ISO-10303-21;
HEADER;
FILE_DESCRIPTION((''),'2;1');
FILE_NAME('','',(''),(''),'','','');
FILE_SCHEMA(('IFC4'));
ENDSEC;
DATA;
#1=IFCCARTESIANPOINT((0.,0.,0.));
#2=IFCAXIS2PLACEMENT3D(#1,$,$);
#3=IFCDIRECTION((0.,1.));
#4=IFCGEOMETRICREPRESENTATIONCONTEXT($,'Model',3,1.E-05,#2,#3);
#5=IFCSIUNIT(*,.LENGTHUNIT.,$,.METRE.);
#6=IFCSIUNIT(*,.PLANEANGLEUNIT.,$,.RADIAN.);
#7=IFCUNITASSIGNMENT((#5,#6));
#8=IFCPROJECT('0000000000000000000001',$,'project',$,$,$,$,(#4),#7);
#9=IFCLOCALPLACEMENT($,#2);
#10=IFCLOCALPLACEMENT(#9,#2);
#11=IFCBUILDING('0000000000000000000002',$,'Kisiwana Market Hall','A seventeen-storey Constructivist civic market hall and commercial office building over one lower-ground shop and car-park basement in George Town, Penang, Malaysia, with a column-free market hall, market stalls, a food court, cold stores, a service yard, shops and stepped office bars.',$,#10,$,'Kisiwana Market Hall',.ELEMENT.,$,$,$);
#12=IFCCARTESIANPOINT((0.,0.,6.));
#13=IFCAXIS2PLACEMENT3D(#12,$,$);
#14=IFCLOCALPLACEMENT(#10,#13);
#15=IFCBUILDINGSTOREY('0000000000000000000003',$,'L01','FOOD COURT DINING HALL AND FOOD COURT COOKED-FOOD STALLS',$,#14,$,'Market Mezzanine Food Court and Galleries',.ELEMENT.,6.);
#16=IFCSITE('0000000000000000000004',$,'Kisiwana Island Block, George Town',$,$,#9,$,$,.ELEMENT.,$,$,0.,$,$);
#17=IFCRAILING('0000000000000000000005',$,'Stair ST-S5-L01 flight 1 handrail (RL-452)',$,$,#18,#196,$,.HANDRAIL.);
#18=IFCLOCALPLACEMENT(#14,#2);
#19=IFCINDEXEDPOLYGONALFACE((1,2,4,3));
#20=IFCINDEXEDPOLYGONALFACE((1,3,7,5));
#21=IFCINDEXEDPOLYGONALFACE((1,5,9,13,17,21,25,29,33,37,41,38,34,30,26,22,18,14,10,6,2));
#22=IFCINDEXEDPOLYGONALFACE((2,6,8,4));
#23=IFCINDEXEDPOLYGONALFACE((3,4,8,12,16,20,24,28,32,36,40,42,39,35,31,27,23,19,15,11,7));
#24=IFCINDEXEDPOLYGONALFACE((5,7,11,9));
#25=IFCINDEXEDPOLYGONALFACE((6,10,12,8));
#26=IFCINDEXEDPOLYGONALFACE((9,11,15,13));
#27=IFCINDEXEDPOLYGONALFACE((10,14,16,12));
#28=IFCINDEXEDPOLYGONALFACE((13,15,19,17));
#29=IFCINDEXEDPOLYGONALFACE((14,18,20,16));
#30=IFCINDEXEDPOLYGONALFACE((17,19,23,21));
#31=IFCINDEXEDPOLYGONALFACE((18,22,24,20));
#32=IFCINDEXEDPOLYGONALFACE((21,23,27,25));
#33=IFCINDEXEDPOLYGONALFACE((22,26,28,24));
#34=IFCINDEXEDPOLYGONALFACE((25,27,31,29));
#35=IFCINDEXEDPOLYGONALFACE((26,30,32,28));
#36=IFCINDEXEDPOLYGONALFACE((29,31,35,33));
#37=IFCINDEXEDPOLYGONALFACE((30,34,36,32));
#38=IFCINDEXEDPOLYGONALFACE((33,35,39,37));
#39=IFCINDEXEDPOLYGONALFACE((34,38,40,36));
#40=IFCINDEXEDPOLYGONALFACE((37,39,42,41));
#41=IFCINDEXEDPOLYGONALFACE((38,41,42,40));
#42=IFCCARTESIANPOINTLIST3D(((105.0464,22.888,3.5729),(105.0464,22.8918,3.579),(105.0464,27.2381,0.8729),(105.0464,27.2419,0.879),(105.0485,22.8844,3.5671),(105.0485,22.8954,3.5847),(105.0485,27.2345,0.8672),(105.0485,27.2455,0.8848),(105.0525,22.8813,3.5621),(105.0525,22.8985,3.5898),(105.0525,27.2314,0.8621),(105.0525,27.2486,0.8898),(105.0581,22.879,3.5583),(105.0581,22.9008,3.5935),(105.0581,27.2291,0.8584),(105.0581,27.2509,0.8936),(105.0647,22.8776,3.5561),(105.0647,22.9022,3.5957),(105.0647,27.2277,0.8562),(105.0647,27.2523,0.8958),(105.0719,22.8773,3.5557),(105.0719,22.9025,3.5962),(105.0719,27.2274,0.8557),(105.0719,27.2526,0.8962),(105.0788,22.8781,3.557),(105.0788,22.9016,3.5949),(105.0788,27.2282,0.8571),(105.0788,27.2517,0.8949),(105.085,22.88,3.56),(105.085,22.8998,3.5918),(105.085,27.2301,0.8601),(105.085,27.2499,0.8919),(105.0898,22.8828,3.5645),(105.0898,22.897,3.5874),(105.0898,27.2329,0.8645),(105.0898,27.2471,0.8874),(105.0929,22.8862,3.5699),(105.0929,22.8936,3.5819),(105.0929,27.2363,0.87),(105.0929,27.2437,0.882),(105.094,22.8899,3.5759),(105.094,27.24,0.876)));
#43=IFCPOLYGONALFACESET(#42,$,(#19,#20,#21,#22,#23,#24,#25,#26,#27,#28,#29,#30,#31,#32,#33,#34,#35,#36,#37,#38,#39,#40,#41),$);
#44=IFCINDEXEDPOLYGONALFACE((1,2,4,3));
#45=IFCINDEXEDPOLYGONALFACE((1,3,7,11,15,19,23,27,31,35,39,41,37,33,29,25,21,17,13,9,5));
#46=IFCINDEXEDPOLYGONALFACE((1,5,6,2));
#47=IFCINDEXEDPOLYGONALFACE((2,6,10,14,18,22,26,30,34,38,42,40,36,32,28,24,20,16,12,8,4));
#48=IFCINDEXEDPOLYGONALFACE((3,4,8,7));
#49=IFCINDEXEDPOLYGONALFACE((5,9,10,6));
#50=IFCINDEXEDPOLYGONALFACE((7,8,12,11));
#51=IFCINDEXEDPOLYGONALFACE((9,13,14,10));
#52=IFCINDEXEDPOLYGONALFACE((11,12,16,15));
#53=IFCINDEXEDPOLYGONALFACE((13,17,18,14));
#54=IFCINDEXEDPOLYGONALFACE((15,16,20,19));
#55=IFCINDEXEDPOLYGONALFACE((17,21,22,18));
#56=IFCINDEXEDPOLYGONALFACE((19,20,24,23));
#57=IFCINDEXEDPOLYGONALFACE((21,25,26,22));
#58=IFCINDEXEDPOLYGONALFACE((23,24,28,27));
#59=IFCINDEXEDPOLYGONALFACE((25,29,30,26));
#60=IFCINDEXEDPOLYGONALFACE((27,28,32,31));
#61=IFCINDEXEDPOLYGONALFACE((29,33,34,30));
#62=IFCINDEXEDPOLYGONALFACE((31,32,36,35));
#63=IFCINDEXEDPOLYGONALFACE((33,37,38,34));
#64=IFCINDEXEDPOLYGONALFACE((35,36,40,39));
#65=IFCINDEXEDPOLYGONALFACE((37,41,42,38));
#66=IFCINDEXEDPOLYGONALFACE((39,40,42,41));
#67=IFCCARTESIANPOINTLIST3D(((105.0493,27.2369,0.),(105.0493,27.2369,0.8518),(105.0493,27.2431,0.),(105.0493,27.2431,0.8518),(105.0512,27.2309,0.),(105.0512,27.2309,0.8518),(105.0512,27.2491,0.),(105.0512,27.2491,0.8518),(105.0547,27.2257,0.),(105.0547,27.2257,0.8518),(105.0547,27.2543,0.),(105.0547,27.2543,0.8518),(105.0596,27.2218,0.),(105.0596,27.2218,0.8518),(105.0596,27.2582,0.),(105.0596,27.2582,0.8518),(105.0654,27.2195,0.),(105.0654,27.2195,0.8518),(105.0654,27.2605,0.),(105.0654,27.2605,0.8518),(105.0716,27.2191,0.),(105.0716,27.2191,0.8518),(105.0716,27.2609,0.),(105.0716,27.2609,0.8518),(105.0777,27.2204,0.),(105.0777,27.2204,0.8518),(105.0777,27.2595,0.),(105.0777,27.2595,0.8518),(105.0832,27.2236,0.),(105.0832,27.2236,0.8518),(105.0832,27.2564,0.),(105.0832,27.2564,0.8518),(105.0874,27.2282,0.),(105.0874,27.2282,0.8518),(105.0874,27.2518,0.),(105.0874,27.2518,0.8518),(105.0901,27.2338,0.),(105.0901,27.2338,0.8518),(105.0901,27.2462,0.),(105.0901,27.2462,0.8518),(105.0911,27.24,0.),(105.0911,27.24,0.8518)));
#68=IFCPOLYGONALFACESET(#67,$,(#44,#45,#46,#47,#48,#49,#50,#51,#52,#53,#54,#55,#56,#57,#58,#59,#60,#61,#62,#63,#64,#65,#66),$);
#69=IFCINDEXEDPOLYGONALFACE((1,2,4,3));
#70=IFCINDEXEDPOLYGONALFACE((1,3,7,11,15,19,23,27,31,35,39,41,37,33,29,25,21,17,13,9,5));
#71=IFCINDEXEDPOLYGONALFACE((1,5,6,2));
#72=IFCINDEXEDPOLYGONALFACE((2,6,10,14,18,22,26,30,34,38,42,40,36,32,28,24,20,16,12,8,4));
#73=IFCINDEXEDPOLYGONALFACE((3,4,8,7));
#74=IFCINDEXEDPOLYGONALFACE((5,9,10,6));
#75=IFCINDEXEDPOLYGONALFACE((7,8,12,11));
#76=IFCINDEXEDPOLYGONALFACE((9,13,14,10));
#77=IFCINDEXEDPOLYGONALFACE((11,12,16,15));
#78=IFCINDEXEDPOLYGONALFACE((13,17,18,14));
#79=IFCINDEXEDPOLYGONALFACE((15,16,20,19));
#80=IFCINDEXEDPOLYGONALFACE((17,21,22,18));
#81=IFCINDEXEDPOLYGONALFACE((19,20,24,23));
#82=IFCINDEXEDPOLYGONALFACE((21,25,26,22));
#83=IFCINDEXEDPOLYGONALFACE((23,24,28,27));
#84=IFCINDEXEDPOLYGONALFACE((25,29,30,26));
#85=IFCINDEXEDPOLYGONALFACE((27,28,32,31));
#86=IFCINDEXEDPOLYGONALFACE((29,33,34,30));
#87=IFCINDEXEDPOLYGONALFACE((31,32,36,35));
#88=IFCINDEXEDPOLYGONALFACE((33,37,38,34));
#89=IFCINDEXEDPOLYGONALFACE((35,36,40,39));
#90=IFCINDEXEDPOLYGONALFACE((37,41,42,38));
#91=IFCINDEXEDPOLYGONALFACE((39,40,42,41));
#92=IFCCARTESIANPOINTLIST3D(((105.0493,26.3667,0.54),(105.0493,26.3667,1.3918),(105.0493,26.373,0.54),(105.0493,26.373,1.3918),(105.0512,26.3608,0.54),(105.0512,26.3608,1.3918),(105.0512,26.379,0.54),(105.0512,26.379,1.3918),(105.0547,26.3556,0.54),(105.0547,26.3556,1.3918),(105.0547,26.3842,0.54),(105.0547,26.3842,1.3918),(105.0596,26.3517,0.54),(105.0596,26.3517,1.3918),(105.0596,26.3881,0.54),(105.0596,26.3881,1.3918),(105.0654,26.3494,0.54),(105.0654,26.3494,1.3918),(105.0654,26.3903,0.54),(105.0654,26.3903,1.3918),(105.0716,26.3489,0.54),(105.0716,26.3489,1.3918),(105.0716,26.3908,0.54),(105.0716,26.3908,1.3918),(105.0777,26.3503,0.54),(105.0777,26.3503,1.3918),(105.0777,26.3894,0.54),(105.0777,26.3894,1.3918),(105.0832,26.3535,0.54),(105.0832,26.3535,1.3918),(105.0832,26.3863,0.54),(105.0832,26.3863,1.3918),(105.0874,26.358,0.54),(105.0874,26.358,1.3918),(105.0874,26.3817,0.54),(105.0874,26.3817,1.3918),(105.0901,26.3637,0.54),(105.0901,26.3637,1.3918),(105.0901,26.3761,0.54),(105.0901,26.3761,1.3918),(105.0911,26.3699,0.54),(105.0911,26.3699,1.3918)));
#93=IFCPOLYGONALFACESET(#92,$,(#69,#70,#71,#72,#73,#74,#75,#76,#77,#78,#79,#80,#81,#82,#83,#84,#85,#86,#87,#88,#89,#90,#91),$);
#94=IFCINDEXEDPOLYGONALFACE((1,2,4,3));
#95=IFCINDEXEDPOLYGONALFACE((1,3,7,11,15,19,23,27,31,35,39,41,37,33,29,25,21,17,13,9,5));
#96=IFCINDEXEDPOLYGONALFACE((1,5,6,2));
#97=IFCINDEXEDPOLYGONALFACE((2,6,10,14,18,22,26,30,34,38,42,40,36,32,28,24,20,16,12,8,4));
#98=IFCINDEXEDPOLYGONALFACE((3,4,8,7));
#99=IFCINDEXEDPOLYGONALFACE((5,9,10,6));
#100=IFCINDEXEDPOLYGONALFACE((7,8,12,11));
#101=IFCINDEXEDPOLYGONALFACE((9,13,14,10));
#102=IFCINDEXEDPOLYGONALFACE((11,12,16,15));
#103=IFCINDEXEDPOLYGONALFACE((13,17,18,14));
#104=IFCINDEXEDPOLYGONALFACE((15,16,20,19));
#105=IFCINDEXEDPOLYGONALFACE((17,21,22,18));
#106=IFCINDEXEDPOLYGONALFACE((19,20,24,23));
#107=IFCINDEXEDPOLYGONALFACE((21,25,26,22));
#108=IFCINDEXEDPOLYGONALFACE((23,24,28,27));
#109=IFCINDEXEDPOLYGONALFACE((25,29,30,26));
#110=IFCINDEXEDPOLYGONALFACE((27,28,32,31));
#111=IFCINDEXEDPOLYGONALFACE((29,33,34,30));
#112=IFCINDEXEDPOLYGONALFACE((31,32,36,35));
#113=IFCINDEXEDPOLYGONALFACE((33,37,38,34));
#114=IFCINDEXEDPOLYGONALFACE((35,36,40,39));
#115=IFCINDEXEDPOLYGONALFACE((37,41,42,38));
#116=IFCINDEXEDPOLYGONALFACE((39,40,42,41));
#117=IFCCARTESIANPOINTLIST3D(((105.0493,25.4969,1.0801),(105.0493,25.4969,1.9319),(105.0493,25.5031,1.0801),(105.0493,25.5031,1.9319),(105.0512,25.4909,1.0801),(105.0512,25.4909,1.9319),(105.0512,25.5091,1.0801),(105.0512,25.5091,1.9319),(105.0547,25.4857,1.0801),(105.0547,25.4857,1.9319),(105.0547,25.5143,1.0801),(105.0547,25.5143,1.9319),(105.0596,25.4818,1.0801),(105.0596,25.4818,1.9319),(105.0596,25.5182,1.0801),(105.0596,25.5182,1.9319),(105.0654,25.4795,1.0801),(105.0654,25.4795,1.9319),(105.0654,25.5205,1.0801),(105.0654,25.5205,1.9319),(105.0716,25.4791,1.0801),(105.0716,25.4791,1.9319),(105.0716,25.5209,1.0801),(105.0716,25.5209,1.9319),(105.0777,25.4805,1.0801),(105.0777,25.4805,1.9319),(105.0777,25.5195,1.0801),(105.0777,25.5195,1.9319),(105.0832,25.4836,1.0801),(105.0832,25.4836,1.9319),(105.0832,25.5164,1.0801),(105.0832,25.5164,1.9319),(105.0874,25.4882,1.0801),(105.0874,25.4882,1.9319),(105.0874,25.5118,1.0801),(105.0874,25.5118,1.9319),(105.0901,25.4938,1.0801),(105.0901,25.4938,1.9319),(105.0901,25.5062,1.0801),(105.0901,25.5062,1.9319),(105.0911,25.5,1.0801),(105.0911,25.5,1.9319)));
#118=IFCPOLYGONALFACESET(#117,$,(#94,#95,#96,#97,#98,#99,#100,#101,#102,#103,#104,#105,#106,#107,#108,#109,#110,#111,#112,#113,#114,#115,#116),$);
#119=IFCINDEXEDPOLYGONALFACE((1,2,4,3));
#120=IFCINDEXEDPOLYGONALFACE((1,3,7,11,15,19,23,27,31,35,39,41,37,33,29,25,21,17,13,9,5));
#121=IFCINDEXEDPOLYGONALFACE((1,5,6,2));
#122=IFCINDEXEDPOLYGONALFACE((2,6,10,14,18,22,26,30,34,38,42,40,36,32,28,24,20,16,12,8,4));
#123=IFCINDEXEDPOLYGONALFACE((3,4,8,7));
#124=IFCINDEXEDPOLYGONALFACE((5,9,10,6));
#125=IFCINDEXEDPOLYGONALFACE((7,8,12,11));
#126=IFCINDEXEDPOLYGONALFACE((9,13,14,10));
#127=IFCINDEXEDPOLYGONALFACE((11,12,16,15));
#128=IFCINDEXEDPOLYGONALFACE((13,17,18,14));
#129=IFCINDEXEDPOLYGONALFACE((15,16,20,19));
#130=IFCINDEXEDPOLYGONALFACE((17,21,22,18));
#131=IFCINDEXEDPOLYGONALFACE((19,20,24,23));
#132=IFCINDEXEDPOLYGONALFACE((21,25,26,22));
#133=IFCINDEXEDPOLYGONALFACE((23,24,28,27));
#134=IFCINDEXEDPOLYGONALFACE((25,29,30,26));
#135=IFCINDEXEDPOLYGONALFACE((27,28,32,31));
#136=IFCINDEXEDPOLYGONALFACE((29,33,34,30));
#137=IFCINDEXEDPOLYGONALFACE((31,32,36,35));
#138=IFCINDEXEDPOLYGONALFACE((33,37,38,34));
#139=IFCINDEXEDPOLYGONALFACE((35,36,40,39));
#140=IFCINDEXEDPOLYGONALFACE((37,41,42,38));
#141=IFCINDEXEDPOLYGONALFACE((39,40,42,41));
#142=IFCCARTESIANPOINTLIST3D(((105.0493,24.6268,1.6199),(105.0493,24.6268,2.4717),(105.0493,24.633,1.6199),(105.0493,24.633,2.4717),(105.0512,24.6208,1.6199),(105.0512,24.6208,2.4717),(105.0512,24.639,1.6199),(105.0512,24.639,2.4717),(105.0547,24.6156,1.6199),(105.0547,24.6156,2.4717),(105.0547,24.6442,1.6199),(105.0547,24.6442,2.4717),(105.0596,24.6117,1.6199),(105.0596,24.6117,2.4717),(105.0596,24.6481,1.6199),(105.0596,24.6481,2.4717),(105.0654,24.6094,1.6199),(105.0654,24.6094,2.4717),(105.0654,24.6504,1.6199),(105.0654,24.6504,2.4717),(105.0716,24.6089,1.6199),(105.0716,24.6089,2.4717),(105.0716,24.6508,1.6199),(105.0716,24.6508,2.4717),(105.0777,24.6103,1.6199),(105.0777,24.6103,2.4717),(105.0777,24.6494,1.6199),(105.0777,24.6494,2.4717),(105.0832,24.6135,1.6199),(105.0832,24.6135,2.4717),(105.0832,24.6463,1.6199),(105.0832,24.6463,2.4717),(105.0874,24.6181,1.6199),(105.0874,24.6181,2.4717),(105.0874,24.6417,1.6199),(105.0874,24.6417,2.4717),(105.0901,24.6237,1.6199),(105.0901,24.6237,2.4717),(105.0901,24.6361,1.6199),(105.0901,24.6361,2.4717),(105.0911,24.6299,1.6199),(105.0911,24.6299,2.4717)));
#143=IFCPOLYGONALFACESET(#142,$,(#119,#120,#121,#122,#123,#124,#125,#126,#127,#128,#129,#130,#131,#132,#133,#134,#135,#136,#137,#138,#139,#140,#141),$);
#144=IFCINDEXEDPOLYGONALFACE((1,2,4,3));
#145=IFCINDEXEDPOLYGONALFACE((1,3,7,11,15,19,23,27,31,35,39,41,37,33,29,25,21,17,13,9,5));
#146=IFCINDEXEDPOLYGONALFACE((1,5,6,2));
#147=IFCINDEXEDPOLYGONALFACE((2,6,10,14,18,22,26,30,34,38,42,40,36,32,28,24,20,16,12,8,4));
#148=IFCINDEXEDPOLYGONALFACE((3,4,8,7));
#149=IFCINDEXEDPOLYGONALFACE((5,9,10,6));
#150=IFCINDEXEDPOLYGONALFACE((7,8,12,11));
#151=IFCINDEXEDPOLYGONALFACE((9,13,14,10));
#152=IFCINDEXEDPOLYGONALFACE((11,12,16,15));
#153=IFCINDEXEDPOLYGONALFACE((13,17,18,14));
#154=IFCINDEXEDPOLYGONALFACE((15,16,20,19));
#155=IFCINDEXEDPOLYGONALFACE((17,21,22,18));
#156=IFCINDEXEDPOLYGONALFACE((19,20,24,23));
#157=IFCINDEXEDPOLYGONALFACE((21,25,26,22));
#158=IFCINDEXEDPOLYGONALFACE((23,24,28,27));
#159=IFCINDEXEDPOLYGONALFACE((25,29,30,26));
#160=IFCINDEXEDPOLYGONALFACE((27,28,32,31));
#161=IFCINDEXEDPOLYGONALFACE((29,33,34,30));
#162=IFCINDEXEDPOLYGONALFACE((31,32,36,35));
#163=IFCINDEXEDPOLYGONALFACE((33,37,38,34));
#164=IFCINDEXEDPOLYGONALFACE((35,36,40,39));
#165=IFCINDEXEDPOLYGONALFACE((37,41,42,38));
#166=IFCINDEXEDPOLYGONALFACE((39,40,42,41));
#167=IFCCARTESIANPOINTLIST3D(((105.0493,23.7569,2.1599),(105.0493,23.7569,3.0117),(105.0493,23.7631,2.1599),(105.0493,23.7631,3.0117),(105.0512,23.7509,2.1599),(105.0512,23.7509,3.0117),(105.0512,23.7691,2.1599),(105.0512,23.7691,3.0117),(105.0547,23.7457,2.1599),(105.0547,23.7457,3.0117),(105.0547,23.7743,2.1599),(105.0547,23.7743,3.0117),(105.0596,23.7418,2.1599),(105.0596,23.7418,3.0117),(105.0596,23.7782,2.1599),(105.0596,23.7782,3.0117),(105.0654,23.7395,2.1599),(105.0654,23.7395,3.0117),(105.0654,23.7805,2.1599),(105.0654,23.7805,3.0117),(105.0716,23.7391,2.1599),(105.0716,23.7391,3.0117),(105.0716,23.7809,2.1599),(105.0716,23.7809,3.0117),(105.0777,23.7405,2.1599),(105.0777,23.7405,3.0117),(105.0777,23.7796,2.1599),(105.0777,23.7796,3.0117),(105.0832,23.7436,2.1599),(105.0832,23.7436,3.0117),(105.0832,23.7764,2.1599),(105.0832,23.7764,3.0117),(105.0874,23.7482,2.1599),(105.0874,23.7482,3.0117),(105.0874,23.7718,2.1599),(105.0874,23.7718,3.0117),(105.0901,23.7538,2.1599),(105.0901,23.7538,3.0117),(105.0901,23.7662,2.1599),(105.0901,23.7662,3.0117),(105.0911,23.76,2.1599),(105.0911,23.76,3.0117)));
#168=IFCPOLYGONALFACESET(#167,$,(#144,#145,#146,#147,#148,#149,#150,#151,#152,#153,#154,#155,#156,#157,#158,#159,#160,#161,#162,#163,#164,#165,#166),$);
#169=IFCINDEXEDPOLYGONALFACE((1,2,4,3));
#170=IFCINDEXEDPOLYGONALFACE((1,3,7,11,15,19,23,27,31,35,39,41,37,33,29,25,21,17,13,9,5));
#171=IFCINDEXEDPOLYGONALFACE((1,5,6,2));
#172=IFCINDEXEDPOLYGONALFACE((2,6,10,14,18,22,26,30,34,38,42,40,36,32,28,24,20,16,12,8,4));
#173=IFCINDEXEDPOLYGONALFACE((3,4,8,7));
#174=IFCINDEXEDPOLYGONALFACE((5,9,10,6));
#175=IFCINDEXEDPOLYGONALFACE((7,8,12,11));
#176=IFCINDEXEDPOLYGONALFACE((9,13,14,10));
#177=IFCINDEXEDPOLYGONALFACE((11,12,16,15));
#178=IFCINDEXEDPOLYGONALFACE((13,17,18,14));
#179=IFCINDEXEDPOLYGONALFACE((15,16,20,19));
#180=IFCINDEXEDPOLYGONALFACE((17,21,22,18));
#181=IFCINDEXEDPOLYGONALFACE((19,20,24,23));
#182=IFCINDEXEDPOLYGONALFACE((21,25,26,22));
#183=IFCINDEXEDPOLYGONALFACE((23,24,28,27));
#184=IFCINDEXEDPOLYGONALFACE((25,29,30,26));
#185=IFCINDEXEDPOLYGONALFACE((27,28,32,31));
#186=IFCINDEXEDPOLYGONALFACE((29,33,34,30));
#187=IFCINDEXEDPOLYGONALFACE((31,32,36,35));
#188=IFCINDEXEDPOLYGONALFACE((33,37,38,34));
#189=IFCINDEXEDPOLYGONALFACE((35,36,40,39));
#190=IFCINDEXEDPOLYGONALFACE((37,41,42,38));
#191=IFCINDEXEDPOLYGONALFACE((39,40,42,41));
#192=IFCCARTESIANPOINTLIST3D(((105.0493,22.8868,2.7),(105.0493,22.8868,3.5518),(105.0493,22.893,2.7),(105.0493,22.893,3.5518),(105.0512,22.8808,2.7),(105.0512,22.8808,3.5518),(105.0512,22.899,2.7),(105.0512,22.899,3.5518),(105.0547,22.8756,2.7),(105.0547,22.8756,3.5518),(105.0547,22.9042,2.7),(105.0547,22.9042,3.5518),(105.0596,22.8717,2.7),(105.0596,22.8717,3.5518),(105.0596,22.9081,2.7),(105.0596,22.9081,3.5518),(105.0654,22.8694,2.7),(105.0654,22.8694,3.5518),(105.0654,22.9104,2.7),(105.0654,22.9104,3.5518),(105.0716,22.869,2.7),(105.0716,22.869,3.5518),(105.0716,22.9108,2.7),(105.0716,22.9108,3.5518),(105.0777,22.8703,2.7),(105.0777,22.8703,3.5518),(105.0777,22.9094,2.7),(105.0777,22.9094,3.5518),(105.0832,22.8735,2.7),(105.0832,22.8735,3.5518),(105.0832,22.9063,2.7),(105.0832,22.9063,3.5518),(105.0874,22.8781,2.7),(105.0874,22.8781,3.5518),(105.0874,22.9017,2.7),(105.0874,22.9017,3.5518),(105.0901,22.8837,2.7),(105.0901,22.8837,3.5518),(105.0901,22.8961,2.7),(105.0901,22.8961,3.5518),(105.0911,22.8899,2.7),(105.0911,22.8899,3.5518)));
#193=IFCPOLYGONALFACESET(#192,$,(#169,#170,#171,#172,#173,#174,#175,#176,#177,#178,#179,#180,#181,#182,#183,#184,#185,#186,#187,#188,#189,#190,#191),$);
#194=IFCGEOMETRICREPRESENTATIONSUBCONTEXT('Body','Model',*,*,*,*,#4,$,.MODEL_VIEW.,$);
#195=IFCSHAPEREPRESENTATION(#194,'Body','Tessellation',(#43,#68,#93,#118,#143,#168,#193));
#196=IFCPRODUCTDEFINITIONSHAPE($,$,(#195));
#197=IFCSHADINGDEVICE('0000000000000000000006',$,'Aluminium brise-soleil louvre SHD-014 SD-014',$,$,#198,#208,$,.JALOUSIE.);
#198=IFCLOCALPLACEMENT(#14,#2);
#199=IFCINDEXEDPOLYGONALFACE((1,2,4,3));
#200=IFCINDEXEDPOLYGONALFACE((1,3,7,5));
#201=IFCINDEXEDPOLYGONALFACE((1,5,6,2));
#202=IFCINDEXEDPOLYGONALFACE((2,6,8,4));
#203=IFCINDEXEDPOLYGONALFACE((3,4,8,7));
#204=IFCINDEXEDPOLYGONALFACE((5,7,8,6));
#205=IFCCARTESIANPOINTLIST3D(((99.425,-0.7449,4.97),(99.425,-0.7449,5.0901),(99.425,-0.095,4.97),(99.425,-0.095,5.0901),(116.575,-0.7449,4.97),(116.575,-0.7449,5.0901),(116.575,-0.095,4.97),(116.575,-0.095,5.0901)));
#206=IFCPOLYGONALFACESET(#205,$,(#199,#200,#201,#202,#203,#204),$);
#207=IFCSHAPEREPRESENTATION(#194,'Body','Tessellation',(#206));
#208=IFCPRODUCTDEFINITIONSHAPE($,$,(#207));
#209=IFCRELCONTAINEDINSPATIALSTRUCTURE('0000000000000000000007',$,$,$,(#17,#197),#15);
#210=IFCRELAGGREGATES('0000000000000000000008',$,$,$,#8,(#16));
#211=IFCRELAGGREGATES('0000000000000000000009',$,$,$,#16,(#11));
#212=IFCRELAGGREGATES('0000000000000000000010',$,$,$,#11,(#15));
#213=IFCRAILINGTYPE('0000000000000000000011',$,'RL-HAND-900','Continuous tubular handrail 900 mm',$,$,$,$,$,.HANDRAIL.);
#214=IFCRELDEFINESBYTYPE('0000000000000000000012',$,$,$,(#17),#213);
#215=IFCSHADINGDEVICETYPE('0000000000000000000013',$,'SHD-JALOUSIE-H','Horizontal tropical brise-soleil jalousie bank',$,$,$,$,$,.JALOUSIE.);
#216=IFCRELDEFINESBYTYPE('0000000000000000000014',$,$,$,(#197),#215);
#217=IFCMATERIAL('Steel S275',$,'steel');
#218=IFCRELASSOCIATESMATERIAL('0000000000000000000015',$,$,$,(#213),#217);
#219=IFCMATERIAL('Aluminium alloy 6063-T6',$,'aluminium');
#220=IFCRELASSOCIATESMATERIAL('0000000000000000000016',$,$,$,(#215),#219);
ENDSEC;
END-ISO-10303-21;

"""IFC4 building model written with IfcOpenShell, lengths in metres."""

from ifc_helpers import new_model, si_unit, direction, frame, origin, origin_2d, place, context, subcontext, project, spatial, rectangle, circle, extrude, material, type_object, element, save


model = new_model("IFC4")

# Units and contexts
model_context = context("Model", 3, precision=1e-05, world=origin(), true_north=direction((0.0, 1.0)))
body_context = subcontext(model_context, "Body", "Model", "MODEL_VIEW")
ifc_project = project(units=[si_unit("LENGTHUNIT", "METRE"), si_unit("PLANEANGLEUNIT", "RADIAN")], contexts=[model_context])

# Site, building, storey
site_placement = place(None, origin())
site = spatial("IfcSite", under=ifc_project, at=site_placement, Name="Kisiwana Island Block, George Town", CompositionType="ELEMENT", RefElevation=0.0)
building_placement = place(site_placement, origin())
building = spatial("IfcBuilding", under=site, at=building_placement, Name="Kisiwana Market Hall", Description="A seventeen-storey Constructivist civic market hall and commercial office building over one lower-ground shop and car-park basement in George Town, Penang, Malaysia, with a column-free market hall, market stalls, a food court, cold stores, a service yard, shops and stepped office bars.", LongName="Kisiwana Market Hall", CompositionType="ELEMENT")
storey_placement = place(building_placement, frame((0.0, 0.0, 6.0)))
storey = spatial("IfcBuildingStorey", under=building, at=storey_placement, Name="L01", Description="FOOD COURT DINING HALL AND FOOD COURT COOKED-FOOD STALLS", LongName="Market Mezzanine Food Court and Galleries", CompositionType="ELEMENT", Elevation=6.0)

# Railing
ifc_material_1 = material(Name="Steel S275", Category="steel")
railing_type = type_object("IfcRailingType", Name="RL-HAND-900", Description="Continuous tubular handrail 900 mm", PredefinedType="HANDRAIL", material=ifc_material_1)
railing_placement = place(storey_placement, frame((105.0701, 27.24, 0.0)))
element("IfcRailing", 1, at=railing_placement, inside=storey, type_object=railing_type, Name="Stair ST-S5-L01 flight 1 handrail (RL-452)", PredefinedType="HANDRAIL", context=body_context, shape_type="SweptSolid", body=[
    extrude(circle(Radius=0.0239, at=origin_2d()), frame((0.0, 0.0, 0.876), z_axis=(0.0, -0.84965, 0.527347), x_axis=(1.0, 0.0, 0.0)), (0.0, 0.0, 1.0), 5.1199),
    extrude(circle(Radius=0.021, at=origin_2d()), origin(), (0.0, 0.0, 1.0), 0.8518),
    extrude(circle(Radius=0.021, at=origin_2d()), frame((0.0, -0.8701, 0.54)), (0.0, 0.0, 1.0), 0.8518),
    extrude(circle(Radius=0.021, at=origin_2d()), frame((0.0, -1.74, 1.0801)), (0.0, 0.0, 1.0), 0.8518),
    extrude(circle(Radius=0.021, at=origin_2d()), frame((0.0, -2.6101, 1.6199)), (0.0, 0.0, 1.0), 0.8518),
    extrude(circle(Radius=0.021, at=origin_2d()), frame((0.0, -3.48, 2.1599)), (0.0, 0.0, 1.0), 0.8518),
    extrude(circle(Radius=0.021, at=origin_2d()), frame((0.0, -4.3501, 2.7)), (0.0, 0.0, 1.0), 0.8518),
])

# Shading device
ifc_material_2 = material(Name="Aluminium alloy 6063-T6", Category="aluminium")
shading_device_type = type_object("IfcShadingDeviceType", Name="SHD-JALOUSIE-H", Description="Horizontal tropical brise-soleil jalousie bank", PredefinedType="JALOUSIE", material=ifc_material_2)
shading_device_placement = place(storey_placement, frame((108.0, -0.4199, 4.97), z_axis=(0.0, 0.0, 1.0), x_axis=(1.0, 0.0, 0.0)))
element("IfcShadingDevice", 2, at=shading_device_placement, inside=storey, type_object=shading_device_type, Name="Aluminium brise-soleil louvre SHD-014 SD-014", PredefinedType="JALOUSIE", context=body_context, shape_type="SweptSolid", body=[
    extrude(rectangle(XDim=17.1499, YDim=0.6499, at=origin_2d()), origin(), (0.0, 0.0, 1.0), 0.1201),
])

save(model, "model.ifc")
